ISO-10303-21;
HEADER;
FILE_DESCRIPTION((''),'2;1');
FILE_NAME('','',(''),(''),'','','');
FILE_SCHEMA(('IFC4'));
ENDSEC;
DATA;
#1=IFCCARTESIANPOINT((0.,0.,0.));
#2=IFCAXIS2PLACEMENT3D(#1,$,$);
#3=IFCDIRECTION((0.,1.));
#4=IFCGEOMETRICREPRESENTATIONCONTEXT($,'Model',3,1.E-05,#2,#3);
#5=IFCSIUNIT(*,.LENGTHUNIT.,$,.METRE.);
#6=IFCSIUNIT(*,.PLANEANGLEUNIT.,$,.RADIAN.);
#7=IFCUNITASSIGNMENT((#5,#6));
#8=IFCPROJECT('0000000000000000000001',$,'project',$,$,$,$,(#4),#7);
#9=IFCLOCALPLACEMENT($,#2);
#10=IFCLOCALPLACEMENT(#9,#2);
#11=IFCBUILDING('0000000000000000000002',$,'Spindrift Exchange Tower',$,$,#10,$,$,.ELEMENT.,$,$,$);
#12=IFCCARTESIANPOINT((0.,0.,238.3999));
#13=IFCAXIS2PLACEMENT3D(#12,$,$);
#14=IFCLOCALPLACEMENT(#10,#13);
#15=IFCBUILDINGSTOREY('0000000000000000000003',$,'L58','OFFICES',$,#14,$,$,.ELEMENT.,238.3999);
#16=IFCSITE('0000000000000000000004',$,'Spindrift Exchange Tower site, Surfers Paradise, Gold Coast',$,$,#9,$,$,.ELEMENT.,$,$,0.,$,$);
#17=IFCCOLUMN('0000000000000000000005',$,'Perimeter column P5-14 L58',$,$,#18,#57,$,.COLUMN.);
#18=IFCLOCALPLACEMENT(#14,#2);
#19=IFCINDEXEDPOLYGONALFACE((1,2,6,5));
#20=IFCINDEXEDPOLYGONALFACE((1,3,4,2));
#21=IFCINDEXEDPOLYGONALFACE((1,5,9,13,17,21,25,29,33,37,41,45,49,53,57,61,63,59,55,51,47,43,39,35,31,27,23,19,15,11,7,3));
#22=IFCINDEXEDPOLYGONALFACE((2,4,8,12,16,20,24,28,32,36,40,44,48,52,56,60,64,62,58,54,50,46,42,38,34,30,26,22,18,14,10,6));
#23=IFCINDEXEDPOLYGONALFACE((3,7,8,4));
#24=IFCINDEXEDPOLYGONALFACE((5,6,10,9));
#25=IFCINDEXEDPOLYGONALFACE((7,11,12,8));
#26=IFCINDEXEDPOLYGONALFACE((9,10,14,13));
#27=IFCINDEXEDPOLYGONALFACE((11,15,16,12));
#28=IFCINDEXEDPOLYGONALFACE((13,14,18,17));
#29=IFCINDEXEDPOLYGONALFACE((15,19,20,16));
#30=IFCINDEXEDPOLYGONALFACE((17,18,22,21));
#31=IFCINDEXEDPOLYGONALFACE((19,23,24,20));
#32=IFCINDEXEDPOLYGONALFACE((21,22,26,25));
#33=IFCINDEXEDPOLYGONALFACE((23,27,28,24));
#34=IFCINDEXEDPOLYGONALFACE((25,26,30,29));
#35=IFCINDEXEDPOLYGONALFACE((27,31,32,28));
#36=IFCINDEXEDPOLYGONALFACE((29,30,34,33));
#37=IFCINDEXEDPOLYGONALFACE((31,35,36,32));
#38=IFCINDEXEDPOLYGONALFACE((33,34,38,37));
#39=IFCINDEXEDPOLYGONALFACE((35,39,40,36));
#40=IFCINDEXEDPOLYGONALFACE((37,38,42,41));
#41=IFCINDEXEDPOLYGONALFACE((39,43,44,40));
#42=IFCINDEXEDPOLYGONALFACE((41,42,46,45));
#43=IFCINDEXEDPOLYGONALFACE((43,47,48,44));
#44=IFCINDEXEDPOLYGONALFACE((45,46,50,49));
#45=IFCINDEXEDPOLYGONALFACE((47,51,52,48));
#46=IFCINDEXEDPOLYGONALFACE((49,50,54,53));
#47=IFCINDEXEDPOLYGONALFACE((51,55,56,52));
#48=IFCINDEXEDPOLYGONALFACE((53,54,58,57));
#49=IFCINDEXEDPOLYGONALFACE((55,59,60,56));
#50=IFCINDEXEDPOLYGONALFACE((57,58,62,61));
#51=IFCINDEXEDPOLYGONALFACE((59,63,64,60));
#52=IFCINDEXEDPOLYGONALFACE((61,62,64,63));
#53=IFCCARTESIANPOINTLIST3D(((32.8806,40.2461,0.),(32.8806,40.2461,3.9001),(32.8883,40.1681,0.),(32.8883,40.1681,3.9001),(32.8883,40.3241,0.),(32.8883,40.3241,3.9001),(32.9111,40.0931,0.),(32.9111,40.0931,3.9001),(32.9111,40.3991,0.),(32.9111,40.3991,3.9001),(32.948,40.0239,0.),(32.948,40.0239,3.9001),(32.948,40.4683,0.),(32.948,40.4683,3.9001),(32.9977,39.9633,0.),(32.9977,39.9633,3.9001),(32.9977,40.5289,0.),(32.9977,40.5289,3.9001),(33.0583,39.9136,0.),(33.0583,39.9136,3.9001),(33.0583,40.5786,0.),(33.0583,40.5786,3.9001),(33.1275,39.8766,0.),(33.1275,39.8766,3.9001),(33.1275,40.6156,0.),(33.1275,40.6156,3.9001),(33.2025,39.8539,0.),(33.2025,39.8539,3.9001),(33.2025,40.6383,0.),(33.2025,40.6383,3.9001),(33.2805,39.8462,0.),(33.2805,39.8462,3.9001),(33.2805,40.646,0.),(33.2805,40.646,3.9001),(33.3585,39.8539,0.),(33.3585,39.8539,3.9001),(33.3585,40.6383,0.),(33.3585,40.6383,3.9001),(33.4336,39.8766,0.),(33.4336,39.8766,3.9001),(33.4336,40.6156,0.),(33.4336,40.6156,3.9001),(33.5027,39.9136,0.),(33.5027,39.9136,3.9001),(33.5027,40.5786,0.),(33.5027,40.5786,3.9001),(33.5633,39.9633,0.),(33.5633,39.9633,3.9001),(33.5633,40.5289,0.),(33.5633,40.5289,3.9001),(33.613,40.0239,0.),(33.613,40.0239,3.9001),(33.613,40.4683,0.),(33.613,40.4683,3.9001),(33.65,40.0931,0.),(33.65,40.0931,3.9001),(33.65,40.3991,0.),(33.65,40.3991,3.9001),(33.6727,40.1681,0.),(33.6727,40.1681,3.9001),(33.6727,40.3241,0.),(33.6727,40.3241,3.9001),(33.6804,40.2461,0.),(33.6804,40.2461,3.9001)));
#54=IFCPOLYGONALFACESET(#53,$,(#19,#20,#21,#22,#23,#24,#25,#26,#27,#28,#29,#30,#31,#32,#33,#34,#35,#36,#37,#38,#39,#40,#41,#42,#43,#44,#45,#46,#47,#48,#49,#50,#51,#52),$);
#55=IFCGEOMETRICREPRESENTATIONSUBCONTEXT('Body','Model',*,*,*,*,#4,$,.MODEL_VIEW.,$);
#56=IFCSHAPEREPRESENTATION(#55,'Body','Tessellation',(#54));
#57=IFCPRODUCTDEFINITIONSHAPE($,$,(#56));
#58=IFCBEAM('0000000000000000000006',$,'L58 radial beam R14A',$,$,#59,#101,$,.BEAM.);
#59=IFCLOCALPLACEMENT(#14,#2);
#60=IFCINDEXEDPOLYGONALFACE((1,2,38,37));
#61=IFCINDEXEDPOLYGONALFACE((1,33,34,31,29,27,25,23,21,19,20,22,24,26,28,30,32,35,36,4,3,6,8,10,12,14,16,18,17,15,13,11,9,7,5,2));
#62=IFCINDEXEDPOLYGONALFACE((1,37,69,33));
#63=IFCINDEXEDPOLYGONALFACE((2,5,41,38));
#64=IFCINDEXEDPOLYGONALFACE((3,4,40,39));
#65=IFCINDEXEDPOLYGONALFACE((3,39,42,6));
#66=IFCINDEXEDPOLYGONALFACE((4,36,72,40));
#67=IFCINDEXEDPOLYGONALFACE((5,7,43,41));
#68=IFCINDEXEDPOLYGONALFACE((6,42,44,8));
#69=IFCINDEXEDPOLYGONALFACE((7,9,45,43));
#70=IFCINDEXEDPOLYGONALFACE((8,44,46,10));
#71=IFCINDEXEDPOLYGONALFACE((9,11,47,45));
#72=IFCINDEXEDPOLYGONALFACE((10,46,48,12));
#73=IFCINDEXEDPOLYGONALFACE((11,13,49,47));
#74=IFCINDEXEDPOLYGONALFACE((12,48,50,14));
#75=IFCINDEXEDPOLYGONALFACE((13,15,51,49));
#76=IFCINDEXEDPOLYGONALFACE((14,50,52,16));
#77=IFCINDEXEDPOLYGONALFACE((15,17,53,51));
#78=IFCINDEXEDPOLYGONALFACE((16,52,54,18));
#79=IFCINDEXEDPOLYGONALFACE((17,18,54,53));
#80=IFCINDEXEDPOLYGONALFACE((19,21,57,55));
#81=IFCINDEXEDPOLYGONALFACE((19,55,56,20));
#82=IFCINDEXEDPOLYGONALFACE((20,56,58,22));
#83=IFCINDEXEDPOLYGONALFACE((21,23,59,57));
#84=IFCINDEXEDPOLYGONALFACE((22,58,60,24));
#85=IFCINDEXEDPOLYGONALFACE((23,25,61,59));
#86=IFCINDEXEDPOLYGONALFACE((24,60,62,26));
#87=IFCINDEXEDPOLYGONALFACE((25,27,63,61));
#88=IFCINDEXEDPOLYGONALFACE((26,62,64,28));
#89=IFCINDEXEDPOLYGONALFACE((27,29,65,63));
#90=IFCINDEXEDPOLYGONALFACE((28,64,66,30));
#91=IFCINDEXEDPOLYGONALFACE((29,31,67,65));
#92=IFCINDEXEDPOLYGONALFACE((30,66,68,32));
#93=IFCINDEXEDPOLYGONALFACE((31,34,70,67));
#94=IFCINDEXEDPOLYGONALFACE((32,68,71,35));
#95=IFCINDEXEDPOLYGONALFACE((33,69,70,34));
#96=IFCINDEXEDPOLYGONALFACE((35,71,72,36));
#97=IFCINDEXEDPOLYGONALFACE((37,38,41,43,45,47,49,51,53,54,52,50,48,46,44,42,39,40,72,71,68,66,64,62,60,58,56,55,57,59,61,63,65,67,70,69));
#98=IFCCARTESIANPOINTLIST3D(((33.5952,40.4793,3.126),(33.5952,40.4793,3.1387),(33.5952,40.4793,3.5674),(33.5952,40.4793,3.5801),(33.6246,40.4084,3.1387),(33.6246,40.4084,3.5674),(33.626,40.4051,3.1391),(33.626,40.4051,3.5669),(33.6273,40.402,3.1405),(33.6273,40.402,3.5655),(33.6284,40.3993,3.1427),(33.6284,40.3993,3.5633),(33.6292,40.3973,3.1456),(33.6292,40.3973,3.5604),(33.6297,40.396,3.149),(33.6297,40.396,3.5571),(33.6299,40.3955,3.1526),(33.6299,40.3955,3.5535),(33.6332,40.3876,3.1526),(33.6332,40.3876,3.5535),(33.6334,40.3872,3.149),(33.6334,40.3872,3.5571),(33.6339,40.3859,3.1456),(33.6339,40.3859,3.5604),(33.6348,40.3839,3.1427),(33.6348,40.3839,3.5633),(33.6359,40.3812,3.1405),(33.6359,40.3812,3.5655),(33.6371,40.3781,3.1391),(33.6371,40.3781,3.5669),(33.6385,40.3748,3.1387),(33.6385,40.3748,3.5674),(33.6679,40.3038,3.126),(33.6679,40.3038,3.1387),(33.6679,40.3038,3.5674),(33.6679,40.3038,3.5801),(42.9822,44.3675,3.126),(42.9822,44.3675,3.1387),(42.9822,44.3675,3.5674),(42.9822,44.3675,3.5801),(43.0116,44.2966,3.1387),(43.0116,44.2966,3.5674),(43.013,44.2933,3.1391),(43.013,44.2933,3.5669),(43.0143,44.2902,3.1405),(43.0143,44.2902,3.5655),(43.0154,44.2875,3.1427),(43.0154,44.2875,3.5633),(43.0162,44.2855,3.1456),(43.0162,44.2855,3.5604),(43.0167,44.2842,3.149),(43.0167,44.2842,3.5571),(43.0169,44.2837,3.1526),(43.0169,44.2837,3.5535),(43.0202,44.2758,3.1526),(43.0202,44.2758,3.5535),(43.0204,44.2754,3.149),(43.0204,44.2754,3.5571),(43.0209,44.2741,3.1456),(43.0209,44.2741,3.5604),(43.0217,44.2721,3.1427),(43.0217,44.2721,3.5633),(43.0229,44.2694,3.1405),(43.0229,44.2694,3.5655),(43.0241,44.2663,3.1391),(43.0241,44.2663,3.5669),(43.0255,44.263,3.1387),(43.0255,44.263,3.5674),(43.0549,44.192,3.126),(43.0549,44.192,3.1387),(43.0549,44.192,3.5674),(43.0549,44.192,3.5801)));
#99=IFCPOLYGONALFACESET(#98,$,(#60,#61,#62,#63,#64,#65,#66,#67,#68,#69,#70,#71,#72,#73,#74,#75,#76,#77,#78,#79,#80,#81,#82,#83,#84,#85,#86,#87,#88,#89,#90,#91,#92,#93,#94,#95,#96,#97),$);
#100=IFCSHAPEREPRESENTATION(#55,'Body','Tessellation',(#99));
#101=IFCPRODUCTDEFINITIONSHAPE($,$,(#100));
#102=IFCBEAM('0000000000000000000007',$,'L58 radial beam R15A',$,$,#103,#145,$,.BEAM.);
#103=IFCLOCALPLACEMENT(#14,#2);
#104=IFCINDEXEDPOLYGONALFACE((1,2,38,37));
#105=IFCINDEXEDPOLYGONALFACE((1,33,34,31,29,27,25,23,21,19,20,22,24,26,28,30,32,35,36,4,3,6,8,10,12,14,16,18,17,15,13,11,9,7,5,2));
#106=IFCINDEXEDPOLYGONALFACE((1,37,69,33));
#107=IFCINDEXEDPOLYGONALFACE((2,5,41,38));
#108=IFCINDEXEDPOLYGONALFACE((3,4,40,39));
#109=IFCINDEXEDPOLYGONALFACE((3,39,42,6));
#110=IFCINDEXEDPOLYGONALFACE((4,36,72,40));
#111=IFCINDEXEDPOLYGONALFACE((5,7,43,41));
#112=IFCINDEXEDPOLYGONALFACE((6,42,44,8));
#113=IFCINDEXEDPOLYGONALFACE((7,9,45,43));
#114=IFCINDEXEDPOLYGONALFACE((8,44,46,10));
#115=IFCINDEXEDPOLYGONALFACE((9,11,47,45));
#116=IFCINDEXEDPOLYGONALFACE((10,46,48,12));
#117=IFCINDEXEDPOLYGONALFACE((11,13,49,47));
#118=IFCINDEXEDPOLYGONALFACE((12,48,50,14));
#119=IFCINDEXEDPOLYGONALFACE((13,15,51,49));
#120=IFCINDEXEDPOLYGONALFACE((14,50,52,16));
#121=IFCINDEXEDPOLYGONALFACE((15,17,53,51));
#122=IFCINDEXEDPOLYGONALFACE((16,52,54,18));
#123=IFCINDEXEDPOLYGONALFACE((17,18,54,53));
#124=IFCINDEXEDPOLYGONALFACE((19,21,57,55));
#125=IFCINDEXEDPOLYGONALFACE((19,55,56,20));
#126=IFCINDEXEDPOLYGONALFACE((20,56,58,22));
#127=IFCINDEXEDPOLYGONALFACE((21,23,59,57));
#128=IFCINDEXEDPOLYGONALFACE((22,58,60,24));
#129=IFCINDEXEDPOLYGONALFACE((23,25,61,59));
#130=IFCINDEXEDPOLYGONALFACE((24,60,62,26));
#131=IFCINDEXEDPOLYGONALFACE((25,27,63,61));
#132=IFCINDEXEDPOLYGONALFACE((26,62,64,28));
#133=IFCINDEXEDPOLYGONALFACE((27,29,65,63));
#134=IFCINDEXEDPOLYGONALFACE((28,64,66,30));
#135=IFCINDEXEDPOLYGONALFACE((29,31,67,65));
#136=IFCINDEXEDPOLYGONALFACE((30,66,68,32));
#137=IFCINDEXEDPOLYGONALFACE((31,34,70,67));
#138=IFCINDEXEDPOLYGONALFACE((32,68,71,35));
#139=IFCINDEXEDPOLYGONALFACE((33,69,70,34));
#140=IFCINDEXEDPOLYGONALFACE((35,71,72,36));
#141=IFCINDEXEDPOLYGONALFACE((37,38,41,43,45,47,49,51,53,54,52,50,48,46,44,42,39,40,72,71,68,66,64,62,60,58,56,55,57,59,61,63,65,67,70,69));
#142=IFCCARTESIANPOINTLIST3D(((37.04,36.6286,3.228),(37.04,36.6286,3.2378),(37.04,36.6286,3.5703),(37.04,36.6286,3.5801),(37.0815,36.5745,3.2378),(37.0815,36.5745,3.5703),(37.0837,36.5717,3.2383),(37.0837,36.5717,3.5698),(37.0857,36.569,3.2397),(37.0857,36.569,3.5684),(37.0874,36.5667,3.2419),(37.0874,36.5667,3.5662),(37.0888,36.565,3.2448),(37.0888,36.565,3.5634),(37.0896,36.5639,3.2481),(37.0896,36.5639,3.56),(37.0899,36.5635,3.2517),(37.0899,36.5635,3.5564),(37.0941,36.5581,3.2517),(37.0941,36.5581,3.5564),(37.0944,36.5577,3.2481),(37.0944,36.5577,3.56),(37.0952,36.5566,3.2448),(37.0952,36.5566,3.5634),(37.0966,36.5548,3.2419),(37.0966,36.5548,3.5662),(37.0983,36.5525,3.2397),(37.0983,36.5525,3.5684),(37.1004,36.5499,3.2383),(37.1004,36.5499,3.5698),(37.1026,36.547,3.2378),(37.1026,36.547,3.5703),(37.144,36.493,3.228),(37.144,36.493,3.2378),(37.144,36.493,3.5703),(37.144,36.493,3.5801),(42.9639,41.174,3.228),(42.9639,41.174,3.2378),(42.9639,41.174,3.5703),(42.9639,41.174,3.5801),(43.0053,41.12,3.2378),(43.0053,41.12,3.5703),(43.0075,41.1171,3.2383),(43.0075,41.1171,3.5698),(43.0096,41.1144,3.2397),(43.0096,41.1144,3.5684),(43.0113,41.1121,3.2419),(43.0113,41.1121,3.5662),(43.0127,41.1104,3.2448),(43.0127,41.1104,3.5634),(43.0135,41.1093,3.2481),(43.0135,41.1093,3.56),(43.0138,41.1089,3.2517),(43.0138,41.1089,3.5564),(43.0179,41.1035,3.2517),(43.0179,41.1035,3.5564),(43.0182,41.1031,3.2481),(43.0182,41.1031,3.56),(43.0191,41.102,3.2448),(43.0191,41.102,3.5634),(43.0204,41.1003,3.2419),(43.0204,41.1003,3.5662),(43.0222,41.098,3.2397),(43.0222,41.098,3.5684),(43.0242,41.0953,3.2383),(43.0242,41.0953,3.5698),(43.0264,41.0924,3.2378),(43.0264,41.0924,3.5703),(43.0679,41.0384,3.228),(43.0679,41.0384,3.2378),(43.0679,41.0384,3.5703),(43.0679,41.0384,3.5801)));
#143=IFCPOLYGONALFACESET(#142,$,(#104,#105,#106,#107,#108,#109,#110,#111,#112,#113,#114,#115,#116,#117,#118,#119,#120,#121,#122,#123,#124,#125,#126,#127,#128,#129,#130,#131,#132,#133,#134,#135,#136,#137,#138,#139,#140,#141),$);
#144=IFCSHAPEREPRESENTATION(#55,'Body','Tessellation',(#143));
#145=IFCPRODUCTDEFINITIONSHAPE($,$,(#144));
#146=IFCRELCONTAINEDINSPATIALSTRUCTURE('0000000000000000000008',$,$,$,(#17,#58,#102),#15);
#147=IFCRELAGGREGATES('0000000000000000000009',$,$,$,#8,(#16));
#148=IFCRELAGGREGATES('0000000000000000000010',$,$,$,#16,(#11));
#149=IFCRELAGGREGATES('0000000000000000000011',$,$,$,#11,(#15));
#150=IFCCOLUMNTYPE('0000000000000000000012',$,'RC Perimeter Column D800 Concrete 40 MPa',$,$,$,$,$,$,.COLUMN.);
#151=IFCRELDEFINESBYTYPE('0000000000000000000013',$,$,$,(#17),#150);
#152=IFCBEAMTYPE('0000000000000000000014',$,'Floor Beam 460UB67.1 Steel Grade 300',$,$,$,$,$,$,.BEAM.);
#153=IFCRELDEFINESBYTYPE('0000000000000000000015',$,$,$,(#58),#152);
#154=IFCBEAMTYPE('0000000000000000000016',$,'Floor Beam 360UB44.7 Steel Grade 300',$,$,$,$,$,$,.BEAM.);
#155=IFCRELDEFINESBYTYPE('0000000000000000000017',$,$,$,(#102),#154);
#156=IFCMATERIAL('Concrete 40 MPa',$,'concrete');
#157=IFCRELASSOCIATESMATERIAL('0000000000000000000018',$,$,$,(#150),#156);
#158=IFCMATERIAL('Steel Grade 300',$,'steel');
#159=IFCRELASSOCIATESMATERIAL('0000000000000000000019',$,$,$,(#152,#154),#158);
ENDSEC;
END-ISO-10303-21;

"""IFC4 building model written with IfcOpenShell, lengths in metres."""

from ifc_helpers import new_model, si_unit, direction, frame, origin, origin_2d, place, context, subcontext, project, spatial, circle, i_section, extrude, source, transform, mapped, material, material_profile, profile_set, type_object, element, save


model = new_model("IFC4")

# Units and contexts
model_context = context("Model", 3, precision=1e-05, world=origin(), true_north=direction((0.0, 1.0)))
body_context = subcontext(model_context, "Body", "Model", "MODEL_VIEW")
ifc_project = project(units=[si_unit("LENGTHUNIT", "METRE"), si_unit("PLANEANGLEUNIT", "RADIAN")], contexts=[model_context])

# Site, building, storey
site_placement = place(None, origin())
site = spatial("IfcSite", under=ifc_project, at=site_placement, Name="Spindrift Exchange Tower site, Surfers Paradise, Gold Coast", CompositionType="ELEMENT", RefElevation=0.0)
building_placement = place(site_placement, origin())
building = spatial("IfcBuilding", under=site, at=building_placement, Name="Spindrift Exchange Tower", CompositionType="ELEMENT")
storey_placement = place(building_placement, frame((0.0, 0.0, 238.3999)))
storey = spatial("IfcBuildingStorey", under=building, at=storey_placement, Name="L58", Description="OFFICES", CompositionType="ELEMENT", Elevation=238.3999)

# Column
ifc_material_1 = material(Name="Concrete 40 MPa", Category="concrete")
ifc_material_profile_1 = material_profile(ifc_material_1, circle(Radius=0.3999, at=origin_2d()), Name="RC D800")
ifc_profile_set_1 = profile_set([ifc_material_profile_1], Name="Concrete 40 MPa")
column_type = type_object("IfcColumnType", Name="RC Perimeter Column D800 Concrete 40 MPa", PredefinedType="COLUMN", material=ifc_profile_set_1)
shared_shape_1 = source(origin(), body_context, "Body", "SweptSolid", [
    extrude(circle(Radius=0.3999, at=origin_2d()), origin(), (0.0, 0.0, 1.0), 3.9001),
])
column_placement = place(storey_placement, frame((33.2805, 40.2461, 0.0), z_axis=(0.0, 0.0, 1.0), x_axis=(1.0, 0.0, 0.0)))
element("IfcColumn", 1, at=column_placement, inside=storey, type_object=column_type, Name="Perimeter column P5-14 L58", PredefinedType="COLUMN", context=body_context, shape_type="MappedRepresentation", body=[
    mapped(shared_shape_1, transform((0.0, 0.0, 0.0), scale=1.0)),
])

# Beams
ifc_material_2 = material(Name="Steel Grade 300", Category="steel")
ifc_material_profile_2 = material_profile(ifc_material_2, i_section(OverallWidth=0.1899, OverallDepth=0.4541, WebThickness=0.0085, FlangeThickness=0.0127, FilletRadius=0.0139, at=origin_2d()), Name="460UB67.1")
ifc_profile_set_2 = profile_set([ifc_material_profile_2], Name="Steel Grade 300")
beam_type_1 = type_object("IfcBeamType", Name="Floor Beam 460UB67.1 Steel Grade 300", PredefinedType="BEAM", material=ifc_profile_set_2)
shared_shape_2 = source(origin(), body_context, "Body", "SweptSolid", [
    extrude(i_section(OverallWidth=0.1899, OverallDepth=0.4541, WebThickness=0.0085, FlangeThickness=0.0127, FilletRadius=0.0139, at=origin_2d()), origin(), (0.0, 0.0, 1.0), 10.1604),
])
beam_1_placement = place(storey_placement, frame((43.0186, 44.2798, 3.353), z_axis=(-0.92388, -0.382681, 0.0), x_axis=(0.382681, -0.92388, 0.0)))
element("IfcBeam", 2, at=beam_1_placement, inside=storey, type_object=beam_type_1, Name="L58 radial beam R14A", PredefinedType="BEAM", context=body_context, shape_type="MappedRepresentation", body=[
    mapped(shared_shape_2, transform((0.0, 0.0, 0.0), scale=1.0)),
])
ifc_material_profile_3 = material_profile(ifc_material_2, i_section(OverallWidth=0.1709, OverallDepth=0.3521, WebThickness=0.0068, FlangeThickness=0.0098, FilletRadius=0.0139, at=origin_2d()), Name="360UB44.7")
ifc_profile_set_3 = profile_set([ifc_material_profile_3], Name="Steel Grade 300")
beam_type_2 = type_object("IfcBeamType", Name="Floor Beam 360UB44.7 Steel Grade 300", PredefinedType="BEAM", material=ifc_profile_set_3)
shared_shape_3 = source(origin(), body_context, "Body", "SweptSolid", [
    extrude(i_section(OverallWidth=0.1709, OverallDepth=0.3521, WebThickness=0.0068, FlangeThickness=0.0098, FilletRadius=0.0139, at=origin_2d()), origin(), (0.0, 0.0, 1.0), 7.4668),
])
beam_2_placement = place(storey_placement, frame((43.0159, 41.1062, 3.4041), z_axis=(-0.79336, -0.608753, 0.0), x_axis=(0.608753, -0.79336, 0.0)))
element("IfcBeam", 3, at=beam_2_placement, inside=storey, type_object=beam_type_2, Name="L58 radial beam R15A", PredefinedType="BEAM", context=body_context, shape_type="MappedRepresentation", body=[
    mapped(shared_shape_3, transform((0.0, 0.0, 0.0), scale=1.0)),
])

save(model, "model.ifc")
